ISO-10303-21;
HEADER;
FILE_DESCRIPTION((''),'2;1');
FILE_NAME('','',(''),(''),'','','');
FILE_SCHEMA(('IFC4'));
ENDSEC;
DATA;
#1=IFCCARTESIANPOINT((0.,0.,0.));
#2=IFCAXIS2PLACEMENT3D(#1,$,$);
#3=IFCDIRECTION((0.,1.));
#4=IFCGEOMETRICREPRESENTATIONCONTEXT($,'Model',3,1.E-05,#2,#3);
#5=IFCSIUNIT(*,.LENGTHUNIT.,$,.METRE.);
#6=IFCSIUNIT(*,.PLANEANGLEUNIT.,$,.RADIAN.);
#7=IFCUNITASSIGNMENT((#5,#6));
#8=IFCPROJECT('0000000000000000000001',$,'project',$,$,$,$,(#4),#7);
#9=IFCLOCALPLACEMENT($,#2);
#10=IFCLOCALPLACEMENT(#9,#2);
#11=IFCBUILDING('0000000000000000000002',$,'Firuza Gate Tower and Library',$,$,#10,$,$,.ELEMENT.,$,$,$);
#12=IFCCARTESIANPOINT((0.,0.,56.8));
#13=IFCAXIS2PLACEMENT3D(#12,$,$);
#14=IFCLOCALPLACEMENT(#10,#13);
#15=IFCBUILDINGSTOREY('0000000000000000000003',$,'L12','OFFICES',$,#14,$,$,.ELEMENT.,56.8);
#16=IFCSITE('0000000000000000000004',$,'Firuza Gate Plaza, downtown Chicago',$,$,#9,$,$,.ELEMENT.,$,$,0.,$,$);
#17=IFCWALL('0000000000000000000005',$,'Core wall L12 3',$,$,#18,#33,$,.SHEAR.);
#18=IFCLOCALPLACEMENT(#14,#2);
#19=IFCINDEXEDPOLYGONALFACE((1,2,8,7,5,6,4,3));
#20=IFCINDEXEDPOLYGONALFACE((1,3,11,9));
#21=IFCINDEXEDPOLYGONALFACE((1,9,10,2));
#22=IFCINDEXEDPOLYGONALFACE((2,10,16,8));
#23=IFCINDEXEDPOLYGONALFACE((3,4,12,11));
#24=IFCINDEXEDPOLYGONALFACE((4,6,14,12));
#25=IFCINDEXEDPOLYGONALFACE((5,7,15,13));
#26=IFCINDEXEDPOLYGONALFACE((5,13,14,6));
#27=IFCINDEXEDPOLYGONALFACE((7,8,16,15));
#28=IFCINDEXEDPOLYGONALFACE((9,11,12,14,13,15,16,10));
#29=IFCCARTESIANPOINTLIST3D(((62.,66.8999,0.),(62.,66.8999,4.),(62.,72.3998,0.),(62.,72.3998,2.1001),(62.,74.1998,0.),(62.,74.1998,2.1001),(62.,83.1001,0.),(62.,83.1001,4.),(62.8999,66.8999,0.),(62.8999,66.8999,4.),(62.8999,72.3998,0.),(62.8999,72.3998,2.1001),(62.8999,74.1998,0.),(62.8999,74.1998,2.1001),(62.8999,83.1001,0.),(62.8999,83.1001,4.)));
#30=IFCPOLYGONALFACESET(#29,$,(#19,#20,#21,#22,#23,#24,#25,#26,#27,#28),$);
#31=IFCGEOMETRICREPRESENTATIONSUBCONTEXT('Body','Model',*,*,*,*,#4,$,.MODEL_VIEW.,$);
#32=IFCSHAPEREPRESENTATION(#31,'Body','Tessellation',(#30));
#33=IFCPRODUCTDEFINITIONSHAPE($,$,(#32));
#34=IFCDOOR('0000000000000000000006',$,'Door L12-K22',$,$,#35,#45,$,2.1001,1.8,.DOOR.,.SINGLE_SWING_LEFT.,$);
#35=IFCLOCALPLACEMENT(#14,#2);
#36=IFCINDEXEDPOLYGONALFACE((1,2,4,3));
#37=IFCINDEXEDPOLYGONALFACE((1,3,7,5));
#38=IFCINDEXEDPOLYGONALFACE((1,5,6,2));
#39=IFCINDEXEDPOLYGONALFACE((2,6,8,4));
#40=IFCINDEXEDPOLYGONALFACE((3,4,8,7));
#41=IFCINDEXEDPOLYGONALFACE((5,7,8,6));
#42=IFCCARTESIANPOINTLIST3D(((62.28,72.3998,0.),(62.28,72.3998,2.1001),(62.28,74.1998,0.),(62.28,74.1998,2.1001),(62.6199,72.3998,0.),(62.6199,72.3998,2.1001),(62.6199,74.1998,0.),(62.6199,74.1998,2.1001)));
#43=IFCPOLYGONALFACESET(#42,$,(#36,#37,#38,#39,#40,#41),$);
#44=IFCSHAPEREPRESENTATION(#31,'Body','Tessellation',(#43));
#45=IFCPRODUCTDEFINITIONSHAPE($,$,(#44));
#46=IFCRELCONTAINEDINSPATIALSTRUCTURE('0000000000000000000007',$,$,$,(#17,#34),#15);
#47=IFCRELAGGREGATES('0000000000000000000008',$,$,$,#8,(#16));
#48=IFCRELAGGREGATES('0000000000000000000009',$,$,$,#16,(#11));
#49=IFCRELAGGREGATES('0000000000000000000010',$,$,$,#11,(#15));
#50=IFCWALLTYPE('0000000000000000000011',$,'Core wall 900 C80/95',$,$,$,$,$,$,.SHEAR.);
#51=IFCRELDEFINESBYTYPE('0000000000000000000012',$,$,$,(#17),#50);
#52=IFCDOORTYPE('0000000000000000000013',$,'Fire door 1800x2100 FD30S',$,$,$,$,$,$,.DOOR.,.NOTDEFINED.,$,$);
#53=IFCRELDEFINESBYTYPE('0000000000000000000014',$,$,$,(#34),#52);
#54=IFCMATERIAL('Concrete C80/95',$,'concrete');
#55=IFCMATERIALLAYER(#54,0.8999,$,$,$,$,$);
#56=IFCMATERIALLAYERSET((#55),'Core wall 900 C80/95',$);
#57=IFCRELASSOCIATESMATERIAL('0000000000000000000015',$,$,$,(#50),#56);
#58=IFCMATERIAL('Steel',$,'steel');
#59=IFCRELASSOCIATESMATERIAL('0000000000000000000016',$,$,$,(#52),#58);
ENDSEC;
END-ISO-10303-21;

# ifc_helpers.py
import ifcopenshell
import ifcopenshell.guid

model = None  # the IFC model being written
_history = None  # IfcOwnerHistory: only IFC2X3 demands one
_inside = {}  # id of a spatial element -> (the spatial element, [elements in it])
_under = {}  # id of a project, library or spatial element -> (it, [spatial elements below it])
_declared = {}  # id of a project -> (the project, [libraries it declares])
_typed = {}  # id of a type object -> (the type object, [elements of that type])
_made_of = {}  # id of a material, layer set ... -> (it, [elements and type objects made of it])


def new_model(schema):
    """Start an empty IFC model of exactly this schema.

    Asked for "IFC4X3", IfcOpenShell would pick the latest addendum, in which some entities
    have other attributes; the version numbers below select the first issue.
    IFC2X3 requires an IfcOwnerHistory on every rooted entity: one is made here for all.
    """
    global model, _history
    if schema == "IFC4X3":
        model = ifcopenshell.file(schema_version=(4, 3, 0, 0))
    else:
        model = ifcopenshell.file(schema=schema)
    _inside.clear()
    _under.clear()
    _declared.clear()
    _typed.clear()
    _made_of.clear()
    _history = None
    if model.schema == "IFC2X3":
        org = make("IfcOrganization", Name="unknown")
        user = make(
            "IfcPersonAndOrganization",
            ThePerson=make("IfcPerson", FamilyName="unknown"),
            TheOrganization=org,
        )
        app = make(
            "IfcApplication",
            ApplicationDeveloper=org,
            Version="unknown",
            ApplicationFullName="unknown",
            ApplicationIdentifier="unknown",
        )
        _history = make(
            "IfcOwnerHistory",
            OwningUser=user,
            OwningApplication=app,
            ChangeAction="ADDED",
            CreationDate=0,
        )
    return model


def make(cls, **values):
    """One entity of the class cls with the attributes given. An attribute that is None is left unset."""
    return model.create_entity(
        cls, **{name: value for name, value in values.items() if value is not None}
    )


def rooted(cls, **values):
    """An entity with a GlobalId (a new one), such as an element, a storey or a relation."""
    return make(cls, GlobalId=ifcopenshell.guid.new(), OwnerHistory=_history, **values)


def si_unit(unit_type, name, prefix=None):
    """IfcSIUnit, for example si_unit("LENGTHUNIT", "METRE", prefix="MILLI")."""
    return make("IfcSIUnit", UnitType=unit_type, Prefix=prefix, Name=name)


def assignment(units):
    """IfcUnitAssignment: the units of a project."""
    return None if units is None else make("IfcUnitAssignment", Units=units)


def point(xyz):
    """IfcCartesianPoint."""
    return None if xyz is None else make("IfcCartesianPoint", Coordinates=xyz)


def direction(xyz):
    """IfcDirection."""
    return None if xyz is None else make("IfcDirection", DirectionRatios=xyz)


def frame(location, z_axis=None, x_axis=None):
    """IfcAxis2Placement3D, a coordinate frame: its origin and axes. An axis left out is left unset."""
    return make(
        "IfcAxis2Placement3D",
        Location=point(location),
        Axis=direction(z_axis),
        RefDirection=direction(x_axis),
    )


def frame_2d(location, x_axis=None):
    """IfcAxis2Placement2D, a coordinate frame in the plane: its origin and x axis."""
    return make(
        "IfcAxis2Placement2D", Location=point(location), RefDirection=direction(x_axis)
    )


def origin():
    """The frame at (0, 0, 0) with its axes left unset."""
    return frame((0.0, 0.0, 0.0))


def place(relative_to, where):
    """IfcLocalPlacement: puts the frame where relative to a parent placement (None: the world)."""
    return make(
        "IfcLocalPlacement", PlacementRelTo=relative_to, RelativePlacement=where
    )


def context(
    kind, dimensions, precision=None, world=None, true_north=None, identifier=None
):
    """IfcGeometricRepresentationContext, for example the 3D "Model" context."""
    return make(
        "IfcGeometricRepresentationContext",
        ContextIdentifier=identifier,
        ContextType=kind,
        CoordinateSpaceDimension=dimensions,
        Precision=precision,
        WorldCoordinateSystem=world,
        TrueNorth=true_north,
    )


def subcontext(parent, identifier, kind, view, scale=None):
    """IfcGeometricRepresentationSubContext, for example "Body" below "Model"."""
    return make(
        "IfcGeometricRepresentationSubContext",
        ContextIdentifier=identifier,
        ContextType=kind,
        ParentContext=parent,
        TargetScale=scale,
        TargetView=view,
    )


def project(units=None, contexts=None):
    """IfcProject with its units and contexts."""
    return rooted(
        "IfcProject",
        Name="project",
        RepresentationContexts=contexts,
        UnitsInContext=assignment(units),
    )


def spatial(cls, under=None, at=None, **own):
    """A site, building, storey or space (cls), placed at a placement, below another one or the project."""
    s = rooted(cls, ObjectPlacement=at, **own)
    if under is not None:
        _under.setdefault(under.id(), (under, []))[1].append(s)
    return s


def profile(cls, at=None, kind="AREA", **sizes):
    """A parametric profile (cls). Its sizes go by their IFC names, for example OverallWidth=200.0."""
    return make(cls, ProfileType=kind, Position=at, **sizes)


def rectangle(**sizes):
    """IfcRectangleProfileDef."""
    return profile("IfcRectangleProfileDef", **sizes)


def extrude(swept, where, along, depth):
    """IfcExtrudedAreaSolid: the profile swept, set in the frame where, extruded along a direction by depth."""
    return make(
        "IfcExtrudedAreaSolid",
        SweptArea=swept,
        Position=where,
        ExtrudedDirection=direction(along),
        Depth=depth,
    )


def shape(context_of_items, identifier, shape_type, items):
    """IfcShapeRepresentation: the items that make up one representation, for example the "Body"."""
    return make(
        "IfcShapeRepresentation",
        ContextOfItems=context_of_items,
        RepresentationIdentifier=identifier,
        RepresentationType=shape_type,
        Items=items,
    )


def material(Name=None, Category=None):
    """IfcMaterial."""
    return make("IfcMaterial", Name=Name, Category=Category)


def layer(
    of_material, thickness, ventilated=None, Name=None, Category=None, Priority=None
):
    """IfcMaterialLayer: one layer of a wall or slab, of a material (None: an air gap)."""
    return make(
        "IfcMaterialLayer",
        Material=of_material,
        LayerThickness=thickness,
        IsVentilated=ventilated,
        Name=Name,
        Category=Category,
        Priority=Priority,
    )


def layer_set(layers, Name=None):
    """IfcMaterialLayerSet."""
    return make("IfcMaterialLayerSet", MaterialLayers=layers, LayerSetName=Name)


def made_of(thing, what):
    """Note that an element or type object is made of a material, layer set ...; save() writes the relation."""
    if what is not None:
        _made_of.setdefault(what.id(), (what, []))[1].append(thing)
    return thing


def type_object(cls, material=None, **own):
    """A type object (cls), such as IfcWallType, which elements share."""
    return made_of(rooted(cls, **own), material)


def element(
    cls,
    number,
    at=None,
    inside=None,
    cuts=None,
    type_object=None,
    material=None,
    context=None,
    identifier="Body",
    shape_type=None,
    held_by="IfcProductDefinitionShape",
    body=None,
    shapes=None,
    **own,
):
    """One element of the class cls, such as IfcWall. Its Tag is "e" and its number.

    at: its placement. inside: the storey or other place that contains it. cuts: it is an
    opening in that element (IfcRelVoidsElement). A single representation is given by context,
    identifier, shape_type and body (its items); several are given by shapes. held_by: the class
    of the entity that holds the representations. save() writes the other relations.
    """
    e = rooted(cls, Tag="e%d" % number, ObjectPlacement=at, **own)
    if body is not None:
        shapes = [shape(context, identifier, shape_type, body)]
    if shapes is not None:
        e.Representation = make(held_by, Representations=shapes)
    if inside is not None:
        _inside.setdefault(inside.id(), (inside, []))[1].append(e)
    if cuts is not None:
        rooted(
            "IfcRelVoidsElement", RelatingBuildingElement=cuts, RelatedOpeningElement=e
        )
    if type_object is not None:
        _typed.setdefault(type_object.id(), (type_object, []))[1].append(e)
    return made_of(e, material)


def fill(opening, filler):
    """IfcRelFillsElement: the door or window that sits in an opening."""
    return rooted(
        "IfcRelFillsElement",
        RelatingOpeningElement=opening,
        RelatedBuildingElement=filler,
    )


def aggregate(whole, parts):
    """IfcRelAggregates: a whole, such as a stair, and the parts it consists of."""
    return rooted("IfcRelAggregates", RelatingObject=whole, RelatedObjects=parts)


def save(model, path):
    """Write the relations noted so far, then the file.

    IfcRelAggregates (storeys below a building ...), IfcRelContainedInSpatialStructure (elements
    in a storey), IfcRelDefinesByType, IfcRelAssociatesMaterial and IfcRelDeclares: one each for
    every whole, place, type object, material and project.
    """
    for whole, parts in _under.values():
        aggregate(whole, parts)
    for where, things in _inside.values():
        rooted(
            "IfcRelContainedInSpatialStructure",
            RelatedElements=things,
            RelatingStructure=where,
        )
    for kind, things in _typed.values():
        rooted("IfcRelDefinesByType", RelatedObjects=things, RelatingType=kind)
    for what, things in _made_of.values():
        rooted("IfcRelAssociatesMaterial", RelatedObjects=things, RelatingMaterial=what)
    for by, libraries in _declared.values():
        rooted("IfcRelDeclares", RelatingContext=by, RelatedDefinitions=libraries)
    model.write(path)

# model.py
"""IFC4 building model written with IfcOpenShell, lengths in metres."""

from ifc_helpers import new_model, si_unit, direction, frame, frame_2d, origin, place, context, subcontext, project, spatial, rectangle, extrude, material, layer, layer_set, type_object, element, fill, save


model = new_model("IFC4")

# Units and contexts
model_context = context("Model", 3, precision=1e-05, world=origin(), true_north=direction((0.0, 1.0)))
body_context = subcontext(model_context, "Body", "Model", "MODEL_VIEW")
ifc_project = project(units=[si_unit("LENGTHUNIT", "METRE"), si_unit("PLANEANGLEUNIT", "RADIAN")], contexts=[model_context])

# Site, building, storey
site_placement = place(None, origin())
site = spatial("IfcSite", under=ifc_project, at=site_placement, Name="Firuza Gate Plaza, downtown Chicago", CompositionType="ELEMENT", RefElevation=0.0)
building_placement = place(site_placement, origin())
building = spatial("IfcBuilding", under=site, at=building_placement, Name="Firuza Gate Tower and Library", CompositionType="ELEMENT")
storey_placement = place(building_placement, frame((0.0, 0.0, 56.8)))
storey = spatial("IfcBuildingStorey", under=building, at=storey_placement, Name="L12", Description="OFFICES", CompositionType="ELEMENT", Elevation=56.8)

# Shared definitions
ifc_material_1 = material(Name="Concrete C80/95", Category="concrete")
ifc_layer_1 = layer(ifc_material_1, 0.8999)
ifc_layer_set_1 = layer_set([ifc_layer_1], Name="Core wall 900 C80/95")
wall_type_1 = type_object("IfcWallType", Name="Core wall 900 C80/95", PredefinedType="SHEAR", material=ifc_layer_set_1)

# Wall, opening, door
wall_1_placement = place(storey_placement, frame((62.45, 66.8999, 0.0), z_axis=(0.0, 0.0, 1.0), x_axis=(0.0, 1.0, 0.0)))
wall_1 = element("IfcWall", 1, at=wall_1_placement, inside=storey, type_object=wall_type_1, Name="Core wall L12 3", PredefinedType="SHEAR", context=body_context, shape_type="SweptSolid", body=[
    extrude(rectangle(XDim=16.2002, YDim=0.8999, at=frame_2d((8.1001, 0.0))), origin(), (0.0, 0.0, 1.0), 4.0),
])
opening_1_placement = place(wall_1_placement, frame((5.5, 0.0, 0.0)))
opening_1 = element("IfcOpeningElement", 2, at=opening_1_placement, cuts=wall_1, PredefinedType="OPENING", context=body_context, shape_type="SweptSolid", body=[
    extrude(rectangle(XDim=1.8, YDim=2.1001, at=frame_2d((0.8999, 1.05))), frame((0.0, 0.46, 0.0), z_axis=(0.0, -1.0, 0.0), x_axis=(1.0, 0.0, 0.0)), (0.0, 0.0, 1.0), 0.9199),
])
ifc_material_2 = material(Name="Steel", Category="steel")
door_type_1 = type_object("IfcDoorType", Name="Fire door 1800x2100 FD30S", OperationType="NOTDEFINED", PredefinedType="DOOR", material=ifc_material_2)
door_1_placement = place(opening_1_placement, origin())
door_1 = element("IfcDoor", 3, at=door_1_placement, inside=storey, type_object=door_type_1, Name="Door L12-K22", OperationType="SINGLE_SWING_LEFT", OverallHeight=2.1001, OverallWidth=1.8, PredefinedType="DOOR", context=body_context, shape_type="SweptSolid", body=[
    extrude(rectangle(XDim=1.8, YDim=2.1001, at=frame_2d((0.8999, 1.05))), frame((0.0, 0.1699, 0.0), z_axis=(0.0, -1.0, 0.0), x_axis=(1.0, 0.0, 0.0)), (0.0, 0.0, 1.0), 0.3398),
])
fill(opening_1, door_1)

save(model, "model.ifc")
